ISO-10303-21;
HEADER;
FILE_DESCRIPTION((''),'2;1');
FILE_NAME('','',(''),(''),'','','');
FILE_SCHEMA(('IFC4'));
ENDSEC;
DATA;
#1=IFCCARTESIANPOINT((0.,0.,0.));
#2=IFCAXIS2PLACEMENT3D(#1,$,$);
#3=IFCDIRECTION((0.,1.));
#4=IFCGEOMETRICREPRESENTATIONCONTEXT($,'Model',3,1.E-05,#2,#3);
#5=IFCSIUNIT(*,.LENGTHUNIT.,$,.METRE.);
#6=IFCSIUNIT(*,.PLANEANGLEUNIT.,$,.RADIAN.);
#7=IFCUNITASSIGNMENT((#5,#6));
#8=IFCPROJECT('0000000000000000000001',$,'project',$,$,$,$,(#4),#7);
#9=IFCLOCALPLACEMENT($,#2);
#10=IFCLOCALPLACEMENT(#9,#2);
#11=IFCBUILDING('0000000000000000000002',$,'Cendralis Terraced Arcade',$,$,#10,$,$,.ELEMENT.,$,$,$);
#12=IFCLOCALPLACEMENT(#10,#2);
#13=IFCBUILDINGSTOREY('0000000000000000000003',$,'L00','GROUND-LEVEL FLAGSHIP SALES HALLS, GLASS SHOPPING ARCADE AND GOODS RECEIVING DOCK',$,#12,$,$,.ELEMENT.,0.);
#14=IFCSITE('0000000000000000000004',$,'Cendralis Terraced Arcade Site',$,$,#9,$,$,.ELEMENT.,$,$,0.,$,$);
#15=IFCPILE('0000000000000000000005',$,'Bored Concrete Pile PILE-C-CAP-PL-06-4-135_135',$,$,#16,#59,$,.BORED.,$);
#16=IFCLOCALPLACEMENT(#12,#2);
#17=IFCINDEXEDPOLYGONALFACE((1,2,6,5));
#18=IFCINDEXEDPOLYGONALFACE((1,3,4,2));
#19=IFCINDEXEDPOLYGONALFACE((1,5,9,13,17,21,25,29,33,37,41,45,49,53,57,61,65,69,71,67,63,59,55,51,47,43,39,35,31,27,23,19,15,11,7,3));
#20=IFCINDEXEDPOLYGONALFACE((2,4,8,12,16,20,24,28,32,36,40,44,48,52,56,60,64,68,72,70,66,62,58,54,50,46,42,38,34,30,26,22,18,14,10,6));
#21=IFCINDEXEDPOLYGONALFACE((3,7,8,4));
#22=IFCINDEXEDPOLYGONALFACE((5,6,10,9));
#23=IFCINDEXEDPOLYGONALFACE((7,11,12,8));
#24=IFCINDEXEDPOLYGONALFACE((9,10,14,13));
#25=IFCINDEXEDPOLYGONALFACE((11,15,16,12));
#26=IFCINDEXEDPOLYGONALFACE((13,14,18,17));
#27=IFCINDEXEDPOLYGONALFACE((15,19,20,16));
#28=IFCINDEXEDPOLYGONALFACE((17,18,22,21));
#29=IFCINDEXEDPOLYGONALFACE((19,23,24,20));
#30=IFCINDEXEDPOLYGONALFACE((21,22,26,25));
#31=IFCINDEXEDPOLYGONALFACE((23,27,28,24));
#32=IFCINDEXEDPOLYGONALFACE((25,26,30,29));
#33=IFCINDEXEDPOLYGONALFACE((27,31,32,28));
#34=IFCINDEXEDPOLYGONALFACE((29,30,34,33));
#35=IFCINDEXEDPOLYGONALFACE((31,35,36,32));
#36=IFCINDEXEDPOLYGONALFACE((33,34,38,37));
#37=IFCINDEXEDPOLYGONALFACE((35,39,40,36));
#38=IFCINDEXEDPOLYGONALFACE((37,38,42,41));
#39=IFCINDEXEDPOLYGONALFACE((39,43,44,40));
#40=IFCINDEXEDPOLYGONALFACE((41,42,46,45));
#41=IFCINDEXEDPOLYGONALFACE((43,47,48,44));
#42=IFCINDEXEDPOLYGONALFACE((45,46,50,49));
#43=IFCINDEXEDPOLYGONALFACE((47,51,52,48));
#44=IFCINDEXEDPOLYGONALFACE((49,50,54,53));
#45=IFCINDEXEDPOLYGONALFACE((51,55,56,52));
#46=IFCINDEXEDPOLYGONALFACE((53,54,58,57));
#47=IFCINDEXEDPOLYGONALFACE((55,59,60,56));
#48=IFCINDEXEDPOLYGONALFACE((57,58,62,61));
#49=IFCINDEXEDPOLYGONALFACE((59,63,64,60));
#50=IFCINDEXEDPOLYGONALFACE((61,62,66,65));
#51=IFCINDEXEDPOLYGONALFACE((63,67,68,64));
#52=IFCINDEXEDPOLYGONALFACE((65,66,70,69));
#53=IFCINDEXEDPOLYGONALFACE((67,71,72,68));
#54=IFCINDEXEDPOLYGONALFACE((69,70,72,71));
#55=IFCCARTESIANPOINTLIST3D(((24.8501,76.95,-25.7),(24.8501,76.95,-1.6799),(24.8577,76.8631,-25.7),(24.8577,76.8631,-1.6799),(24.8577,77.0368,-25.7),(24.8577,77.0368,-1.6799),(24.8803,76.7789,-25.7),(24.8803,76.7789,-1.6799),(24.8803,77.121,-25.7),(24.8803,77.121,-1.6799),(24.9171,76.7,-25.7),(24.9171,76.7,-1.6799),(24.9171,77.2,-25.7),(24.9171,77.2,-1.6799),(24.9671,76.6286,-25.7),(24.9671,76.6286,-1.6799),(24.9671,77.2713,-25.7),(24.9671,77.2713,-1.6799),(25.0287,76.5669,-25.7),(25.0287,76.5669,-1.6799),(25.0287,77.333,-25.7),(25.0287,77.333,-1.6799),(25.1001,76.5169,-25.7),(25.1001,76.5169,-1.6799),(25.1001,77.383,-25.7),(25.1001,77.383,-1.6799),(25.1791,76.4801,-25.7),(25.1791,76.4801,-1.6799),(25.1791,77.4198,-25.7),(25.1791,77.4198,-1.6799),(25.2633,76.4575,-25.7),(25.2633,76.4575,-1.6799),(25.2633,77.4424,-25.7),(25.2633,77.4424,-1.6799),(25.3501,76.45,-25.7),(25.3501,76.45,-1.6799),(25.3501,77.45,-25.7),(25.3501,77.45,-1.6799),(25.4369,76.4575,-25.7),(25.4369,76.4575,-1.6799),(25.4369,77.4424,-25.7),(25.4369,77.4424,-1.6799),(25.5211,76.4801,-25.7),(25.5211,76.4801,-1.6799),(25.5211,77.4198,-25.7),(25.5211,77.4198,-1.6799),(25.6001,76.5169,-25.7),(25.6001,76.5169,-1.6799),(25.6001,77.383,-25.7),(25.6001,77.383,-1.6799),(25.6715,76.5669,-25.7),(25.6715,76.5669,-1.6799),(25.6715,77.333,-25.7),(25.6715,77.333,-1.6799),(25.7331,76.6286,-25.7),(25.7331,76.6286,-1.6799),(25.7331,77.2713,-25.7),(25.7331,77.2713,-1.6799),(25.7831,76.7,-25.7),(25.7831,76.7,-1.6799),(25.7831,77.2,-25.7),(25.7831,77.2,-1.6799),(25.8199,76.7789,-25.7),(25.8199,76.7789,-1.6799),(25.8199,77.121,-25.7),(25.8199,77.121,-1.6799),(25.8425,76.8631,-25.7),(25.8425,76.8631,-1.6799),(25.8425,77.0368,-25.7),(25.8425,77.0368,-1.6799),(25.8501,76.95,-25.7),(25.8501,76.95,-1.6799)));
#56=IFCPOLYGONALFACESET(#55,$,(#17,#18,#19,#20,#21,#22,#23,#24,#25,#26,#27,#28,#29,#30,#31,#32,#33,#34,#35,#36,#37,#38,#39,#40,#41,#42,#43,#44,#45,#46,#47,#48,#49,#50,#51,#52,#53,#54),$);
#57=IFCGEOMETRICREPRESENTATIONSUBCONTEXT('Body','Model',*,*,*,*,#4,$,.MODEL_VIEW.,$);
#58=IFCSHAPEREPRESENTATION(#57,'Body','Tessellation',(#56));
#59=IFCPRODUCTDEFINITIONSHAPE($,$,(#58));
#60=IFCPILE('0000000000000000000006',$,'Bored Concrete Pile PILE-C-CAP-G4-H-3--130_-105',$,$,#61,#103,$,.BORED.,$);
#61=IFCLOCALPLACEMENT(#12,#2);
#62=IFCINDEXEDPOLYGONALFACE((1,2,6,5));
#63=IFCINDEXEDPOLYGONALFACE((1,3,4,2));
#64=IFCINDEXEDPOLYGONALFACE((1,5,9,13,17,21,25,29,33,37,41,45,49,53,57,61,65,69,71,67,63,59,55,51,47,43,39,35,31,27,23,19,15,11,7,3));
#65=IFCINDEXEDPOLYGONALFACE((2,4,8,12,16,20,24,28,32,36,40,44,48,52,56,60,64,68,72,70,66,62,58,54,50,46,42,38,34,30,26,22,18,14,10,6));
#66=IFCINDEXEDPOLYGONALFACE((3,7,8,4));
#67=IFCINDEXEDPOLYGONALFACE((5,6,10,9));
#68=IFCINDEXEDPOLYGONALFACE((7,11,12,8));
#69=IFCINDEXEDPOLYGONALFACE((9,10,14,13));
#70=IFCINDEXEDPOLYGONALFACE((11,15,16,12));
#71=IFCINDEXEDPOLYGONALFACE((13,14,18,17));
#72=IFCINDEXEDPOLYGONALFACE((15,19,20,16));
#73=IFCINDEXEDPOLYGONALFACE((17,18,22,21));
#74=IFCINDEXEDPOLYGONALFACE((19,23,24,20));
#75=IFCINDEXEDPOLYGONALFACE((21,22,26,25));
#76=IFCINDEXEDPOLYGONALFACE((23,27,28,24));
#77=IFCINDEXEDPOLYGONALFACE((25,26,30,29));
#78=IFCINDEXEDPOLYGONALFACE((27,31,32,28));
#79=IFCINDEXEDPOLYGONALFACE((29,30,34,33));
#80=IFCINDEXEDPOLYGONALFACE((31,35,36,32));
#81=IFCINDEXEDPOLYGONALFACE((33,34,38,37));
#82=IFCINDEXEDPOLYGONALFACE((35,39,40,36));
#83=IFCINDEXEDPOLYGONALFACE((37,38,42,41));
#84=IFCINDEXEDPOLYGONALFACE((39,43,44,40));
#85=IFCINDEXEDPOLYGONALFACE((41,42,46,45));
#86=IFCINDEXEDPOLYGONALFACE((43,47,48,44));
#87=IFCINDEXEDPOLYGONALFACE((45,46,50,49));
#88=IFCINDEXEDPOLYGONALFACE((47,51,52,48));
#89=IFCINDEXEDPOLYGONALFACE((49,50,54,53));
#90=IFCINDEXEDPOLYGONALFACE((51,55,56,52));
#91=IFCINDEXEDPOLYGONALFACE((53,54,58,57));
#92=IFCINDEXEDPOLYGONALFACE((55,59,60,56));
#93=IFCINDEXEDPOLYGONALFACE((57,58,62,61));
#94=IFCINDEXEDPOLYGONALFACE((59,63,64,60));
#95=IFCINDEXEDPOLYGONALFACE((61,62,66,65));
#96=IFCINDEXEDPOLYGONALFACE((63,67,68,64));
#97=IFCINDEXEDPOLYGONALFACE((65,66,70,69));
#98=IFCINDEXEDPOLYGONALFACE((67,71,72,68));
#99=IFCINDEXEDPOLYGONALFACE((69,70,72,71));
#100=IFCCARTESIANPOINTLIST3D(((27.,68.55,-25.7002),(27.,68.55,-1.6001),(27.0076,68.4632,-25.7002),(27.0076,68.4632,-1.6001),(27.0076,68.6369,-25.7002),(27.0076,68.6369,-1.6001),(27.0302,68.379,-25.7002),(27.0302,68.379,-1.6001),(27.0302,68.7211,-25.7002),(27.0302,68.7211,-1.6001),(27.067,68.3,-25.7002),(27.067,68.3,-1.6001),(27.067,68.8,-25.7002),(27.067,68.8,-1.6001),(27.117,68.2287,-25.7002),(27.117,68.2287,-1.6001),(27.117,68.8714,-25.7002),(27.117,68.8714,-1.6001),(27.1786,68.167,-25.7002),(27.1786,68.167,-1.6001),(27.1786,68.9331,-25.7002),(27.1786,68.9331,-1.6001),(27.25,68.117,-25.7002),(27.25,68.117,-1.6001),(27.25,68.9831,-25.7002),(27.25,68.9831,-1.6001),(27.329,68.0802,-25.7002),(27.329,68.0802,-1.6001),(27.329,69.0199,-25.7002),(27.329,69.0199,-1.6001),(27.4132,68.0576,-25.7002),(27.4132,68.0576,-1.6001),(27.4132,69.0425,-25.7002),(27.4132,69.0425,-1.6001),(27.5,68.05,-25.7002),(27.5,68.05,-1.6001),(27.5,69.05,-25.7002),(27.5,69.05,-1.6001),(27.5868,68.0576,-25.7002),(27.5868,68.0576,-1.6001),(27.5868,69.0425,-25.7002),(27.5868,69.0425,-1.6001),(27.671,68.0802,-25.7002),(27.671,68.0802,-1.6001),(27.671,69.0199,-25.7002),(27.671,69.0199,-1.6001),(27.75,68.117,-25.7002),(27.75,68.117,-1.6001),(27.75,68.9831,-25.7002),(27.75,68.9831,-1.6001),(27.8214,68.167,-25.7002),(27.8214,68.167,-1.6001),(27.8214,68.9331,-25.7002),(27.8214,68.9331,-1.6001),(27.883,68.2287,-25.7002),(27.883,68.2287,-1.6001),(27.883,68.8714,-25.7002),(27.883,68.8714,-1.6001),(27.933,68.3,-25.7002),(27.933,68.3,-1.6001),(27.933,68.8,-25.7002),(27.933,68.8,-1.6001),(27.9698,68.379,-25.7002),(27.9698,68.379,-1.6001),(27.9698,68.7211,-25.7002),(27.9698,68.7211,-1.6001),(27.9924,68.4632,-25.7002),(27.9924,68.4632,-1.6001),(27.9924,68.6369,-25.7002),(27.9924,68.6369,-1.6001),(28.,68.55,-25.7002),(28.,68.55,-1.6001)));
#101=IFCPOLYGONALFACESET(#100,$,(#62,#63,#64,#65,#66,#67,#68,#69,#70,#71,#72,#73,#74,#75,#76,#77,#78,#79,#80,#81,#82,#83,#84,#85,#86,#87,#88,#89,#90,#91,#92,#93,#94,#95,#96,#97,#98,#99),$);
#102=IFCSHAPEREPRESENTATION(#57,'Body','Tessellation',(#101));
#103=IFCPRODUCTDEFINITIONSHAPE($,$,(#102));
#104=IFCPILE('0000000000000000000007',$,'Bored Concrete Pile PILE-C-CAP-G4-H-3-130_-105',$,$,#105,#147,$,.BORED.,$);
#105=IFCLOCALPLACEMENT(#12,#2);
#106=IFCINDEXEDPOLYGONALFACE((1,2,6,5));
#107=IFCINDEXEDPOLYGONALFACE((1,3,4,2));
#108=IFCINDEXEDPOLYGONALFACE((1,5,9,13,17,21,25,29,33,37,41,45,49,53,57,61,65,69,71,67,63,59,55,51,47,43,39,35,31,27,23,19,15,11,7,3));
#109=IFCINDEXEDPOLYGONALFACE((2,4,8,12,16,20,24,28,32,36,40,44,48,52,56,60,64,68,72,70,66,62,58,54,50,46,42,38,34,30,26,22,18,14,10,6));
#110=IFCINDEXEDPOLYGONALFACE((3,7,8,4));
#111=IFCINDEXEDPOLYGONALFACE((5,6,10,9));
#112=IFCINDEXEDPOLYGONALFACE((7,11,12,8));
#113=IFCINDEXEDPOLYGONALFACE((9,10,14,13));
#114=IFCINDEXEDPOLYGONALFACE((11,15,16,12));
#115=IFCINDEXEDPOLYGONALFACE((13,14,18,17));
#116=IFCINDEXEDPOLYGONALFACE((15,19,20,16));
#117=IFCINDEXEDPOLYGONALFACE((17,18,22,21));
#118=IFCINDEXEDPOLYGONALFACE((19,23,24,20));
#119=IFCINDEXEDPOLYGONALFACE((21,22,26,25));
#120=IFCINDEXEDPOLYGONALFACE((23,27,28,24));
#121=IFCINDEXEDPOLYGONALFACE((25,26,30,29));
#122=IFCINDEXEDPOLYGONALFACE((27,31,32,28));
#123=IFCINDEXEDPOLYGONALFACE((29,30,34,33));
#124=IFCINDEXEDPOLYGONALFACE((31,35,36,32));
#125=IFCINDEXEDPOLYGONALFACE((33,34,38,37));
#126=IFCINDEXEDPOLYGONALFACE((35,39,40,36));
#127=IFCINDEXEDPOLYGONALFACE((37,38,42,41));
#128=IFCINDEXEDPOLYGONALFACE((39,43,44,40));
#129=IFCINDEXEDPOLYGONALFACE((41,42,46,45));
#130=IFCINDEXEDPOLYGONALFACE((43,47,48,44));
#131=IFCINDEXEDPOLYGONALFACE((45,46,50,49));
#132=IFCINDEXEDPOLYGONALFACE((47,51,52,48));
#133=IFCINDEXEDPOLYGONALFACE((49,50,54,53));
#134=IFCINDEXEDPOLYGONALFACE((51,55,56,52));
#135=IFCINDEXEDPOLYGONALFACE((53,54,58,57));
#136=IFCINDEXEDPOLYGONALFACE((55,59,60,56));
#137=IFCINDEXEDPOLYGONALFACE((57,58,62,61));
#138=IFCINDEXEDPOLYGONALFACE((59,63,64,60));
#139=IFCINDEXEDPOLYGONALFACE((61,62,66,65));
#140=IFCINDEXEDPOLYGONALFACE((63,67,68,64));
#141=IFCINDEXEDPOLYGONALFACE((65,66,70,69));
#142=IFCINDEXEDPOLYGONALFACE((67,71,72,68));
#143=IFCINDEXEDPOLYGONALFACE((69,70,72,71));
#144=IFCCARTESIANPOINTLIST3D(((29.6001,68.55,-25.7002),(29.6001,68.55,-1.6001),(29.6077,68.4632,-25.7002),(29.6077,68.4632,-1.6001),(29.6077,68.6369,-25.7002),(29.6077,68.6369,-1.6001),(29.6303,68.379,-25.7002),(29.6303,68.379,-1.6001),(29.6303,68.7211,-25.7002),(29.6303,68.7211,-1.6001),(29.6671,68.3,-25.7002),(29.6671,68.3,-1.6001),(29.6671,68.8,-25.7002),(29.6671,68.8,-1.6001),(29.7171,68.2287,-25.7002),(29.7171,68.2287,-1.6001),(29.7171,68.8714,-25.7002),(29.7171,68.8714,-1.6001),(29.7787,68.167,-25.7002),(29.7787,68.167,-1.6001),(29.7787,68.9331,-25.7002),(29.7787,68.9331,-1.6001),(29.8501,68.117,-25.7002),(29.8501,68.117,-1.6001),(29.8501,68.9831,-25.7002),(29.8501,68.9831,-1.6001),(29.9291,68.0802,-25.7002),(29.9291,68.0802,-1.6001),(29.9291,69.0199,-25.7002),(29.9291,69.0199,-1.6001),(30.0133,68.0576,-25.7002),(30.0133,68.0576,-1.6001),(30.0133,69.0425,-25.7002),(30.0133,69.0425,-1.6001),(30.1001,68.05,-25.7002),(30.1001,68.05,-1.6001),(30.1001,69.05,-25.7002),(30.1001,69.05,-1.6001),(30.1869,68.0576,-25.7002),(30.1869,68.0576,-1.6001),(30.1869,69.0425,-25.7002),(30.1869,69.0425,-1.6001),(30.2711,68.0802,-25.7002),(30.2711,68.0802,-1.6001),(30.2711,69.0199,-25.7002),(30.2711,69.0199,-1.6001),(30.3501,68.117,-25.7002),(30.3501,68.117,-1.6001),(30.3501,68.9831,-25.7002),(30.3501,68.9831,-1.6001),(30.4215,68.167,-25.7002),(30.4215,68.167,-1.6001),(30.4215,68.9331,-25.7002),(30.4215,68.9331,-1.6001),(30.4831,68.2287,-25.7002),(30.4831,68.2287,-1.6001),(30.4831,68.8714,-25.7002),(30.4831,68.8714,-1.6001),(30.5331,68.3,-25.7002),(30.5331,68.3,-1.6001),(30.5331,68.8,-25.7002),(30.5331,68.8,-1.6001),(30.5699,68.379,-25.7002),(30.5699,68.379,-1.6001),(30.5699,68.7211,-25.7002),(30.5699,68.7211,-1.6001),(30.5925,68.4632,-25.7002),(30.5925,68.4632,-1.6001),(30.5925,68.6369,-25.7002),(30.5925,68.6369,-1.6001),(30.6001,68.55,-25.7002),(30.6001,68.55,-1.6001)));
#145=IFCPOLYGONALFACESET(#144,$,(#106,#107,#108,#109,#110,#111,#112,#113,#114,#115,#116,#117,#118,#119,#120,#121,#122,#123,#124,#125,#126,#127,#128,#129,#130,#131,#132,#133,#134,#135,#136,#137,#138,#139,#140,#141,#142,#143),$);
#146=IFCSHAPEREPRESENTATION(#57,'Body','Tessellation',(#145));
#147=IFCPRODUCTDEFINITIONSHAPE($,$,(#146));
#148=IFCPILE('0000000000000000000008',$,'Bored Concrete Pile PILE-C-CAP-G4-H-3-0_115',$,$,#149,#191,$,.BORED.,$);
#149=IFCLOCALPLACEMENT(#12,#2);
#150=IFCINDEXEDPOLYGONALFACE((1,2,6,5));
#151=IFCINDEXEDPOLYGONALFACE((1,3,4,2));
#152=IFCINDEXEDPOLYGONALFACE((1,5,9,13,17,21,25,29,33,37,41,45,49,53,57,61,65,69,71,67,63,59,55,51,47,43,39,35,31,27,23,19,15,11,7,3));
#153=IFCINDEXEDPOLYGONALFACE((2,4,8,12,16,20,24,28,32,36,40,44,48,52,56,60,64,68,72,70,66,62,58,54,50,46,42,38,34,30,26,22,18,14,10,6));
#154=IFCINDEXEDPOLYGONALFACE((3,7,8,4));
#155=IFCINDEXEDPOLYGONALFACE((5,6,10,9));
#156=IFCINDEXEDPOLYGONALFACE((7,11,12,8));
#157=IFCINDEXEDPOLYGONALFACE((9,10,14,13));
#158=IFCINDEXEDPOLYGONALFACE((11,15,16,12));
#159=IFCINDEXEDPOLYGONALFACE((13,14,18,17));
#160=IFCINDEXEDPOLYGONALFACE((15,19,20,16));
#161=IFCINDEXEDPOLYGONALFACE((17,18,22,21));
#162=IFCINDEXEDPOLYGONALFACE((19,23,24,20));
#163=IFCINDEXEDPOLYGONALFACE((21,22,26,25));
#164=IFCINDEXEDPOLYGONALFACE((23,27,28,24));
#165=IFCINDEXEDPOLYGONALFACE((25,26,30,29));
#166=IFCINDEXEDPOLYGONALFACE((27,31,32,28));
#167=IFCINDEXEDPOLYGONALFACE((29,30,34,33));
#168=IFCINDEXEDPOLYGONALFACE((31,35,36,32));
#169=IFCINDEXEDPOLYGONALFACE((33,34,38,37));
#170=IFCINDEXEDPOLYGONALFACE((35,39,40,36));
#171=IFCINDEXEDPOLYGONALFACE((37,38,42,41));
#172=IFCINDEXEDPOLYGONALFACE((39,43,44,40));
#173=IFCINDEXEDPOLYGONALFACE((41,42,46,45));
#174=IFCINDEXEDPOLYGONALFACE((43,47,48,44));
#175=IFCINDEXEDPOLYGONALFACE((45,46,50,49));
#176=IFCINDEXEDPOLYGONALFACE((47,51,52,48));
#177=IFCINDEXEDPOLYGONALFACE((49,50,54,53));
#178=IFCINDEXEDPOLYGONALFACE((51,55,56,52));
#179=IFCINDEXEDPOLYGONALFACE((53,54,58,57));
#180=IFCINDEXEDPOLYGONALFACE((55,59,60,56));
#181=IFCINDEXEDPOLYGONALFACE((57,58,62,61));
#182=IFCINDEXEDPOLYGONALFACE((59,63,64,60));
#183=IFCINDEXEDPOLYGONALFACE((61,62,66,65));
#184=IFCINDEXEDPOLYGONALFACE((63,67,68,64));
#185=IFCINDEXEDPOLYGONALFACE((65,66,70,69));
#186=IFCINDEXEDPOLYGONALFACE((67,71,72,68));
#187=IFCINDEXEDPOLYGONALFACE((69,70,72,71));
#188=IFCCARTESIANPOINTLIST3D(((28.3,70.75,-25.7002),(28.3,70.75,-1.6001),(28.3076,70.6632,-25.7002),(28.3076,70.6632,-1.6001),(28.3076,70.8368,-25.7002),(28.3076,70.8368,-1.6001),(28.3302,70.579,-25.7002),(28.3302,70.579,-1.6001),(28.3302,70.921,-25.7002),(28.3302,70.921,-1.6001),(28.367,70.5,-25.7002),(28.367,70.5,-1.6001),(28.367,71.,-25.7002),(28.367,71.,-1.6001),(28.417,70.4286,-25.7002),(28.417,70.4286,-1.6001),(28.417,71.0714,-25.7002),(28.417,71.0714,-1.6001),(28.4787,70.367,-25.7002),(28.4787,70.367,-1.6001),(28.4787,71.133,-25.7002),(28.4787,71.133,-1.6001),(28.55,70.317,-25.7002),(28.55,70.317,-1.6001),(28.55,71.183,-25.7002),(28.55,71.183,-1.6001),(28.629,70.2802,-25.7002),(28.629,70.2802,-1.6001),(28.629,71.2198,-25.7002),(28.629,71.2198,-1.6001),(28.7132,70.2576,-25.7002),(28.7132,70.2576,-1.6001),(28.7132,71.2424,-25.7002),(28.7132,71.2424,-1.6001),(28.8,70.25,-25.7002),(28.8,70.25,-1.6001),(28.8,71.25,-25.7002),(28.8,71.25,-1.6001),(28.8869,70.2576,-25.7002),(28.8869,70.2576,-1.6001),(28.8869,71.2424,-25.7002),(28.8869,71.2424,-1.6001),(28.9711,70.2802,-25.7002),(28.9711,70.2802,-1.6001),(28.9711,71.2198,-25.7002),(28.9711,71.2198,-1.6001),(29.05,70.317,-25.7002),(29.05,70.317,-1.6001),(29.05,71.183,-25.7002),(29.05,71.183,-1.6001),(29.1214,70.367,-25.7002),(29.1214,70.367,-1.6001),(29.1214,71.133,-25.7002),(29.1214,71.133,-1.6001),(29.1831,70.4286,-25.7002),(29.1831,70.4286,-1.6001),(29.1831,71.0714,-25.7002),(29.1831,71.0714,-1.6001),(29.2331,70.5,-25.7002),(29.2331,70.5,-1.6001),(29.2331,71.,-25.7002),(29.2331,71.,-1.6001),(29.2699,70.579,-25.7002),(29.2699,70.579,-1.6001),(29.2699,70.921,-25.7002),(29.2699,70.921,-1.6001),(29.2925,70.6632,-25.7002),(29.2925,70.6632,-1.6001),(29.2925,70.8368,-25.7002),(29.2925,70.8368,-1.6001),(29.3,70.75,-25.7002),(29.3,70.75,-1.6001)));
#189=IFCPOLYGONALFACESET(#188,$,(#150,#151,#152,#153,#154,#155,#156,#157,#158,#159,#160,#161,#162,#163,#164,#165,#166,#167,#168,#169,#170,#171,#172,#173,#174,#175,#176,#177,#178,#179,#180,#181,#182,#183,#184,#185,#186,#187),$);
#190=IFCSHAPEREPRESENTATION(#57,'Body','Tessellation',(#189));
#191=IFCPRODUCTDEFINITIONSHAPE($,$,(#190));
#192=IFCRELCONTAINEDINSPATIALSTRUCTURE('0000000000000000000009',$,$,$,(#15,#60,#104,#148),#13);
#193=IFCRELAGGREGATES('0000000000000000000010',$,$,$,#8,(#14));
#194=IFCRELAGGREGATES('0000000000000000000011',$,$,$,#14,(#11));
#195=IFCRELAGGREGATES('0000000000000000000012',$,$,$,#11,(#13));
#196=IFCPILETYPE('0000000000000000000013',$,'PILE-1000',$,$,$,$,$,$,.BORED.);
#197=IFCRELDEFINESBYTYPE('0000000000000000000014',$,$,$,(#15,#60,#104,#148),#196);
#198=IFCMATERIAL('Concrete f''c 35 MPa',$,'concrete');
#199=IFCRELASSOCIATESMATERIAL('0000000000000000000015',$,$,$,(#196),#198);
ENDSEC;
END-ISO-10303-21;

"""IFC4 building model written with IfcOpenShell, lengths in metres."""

from ifc_helpers import new_model, si_unit, direction, frame, origin, origin_2d, place, context, subcontext, project, spatial, circle, extrude, material, material_profile, profile_set, type_object, element, save


model = new_model("IFC4")

# Units and contexts
model_context = context("Model", 3, precision=1e-05, world=origin(), true_north=direction((0.0, 1.0)))
body_context = subcontext(model_context, "Body", "Model", "MODEL_VIEW")
ifc_project = project(units=[si_unit("LENGTHUNIT", "METRE"), si_unit("PLANEANGLEUNIT", "RADIAN")], contexts=[model_context])

# Site, building, storey
site_placement = place(None, origin())
site = spatial("IfcSite", under=ifc_project, at=site_placement, Name="Cendralis Terraced Arcade Site", CompositionType="ELEMENT", RefElevation=0.0)
building_placement = place(site_placement, origin())
building = spatial("IfcBuilding", under=site, at=building_placement, Name="Cendralis Terraced Arcade", CompositionType="ELEMENT")
storey_placement = place(building_placement, origin())
storey = spatial("IfcBuildingStorey", under=building, at=storey_placement, Name="L00", Description="GROUND-LEVEL FLAGSHIP SALES HALLS, GLASS SHOPPING ARCADE AND GOODS RECEIVING DOCK", CompositionType="ELEMENT", Elevation=0.0)

# Shared definitions
ifc_material_1 = material(Name="Concrete f'c 35 MPa", Category="concrete")

# Piles
ifc_material_profile_1 = material_profile(ifc_material_1, circle(Radius=0.5, at=origin_2d()), Name="PILE-D1000", Category="LoadBearing")
ifc_profile_set_1 = profile_set([ifc_material_profile_1], Name="Concrete f'c 35 MPa")
pile_type_1 = type_object("IfcPileType", Name="PILE-1000", PredefinedType="BORED", material=ifc_profile_set_1)
for number, where, z_axis, x_axis, name in (
    (1, (25.3501, 76.95, -1.6799), (0.0, 0.0, -1.0), (1.0, 0.0, 0.0), "Bored Concrete Pile PILE-C-CAP-PL-06-4-135_135"),
):
    element("IfcPile", number, at=place(storey_placement, frame(where, z_axis=z_axis, x_axis=x_axis)), inside=storey, type_object=pile_type_1, Name=name, PredefinedType="BORED", context=body_context, shape_type="SweptSolid", body=[
        extrude(circle(Radius=0.5, at=origin_2d()), origin(), (0.0, 0.0, 1.0), 24.02),
    ])
for number, where, z_axis, x_axis, name in (
    (2, (27.5, 68.55, -1.6001), (0.0, 0.0, -1.0), (1.0, 0.0, 0.0), "Bored Concrete Pile PILE-C-CAP-G4-H-3--130_-105"),
    (3, (30.1001, 68.55, -1.6001), (0.0, 0.0, -1.0), (1.0, 0.0, 0.0), "Bored Concrete Pile PILE-C-CAP-G4-H-3-130_-105"),
    (4, (28.8, 70.75, -1.6001), (0.0, 0.0, -1.0), (1.0, 0.0, 0.0), "Bored Concrete Pile PILE-C-CAP-G4-H-3-0_115"),
):
    element("IfcPile", number, at=place(storey_placement, frame(where, z_axis=z_axis, x_axis=x_axis)), inside=storey, type_object=pile_type_1, Name=name, PredefinedType="BORED", context=body_context, shape_type="SweptSolid", body=[
        extrude(circle(Radius=0.5, at=origin_2d()), origin(), (0.0, 0.0, 1.0), 24.1001),
    ])

save(model, "model.ifc")
